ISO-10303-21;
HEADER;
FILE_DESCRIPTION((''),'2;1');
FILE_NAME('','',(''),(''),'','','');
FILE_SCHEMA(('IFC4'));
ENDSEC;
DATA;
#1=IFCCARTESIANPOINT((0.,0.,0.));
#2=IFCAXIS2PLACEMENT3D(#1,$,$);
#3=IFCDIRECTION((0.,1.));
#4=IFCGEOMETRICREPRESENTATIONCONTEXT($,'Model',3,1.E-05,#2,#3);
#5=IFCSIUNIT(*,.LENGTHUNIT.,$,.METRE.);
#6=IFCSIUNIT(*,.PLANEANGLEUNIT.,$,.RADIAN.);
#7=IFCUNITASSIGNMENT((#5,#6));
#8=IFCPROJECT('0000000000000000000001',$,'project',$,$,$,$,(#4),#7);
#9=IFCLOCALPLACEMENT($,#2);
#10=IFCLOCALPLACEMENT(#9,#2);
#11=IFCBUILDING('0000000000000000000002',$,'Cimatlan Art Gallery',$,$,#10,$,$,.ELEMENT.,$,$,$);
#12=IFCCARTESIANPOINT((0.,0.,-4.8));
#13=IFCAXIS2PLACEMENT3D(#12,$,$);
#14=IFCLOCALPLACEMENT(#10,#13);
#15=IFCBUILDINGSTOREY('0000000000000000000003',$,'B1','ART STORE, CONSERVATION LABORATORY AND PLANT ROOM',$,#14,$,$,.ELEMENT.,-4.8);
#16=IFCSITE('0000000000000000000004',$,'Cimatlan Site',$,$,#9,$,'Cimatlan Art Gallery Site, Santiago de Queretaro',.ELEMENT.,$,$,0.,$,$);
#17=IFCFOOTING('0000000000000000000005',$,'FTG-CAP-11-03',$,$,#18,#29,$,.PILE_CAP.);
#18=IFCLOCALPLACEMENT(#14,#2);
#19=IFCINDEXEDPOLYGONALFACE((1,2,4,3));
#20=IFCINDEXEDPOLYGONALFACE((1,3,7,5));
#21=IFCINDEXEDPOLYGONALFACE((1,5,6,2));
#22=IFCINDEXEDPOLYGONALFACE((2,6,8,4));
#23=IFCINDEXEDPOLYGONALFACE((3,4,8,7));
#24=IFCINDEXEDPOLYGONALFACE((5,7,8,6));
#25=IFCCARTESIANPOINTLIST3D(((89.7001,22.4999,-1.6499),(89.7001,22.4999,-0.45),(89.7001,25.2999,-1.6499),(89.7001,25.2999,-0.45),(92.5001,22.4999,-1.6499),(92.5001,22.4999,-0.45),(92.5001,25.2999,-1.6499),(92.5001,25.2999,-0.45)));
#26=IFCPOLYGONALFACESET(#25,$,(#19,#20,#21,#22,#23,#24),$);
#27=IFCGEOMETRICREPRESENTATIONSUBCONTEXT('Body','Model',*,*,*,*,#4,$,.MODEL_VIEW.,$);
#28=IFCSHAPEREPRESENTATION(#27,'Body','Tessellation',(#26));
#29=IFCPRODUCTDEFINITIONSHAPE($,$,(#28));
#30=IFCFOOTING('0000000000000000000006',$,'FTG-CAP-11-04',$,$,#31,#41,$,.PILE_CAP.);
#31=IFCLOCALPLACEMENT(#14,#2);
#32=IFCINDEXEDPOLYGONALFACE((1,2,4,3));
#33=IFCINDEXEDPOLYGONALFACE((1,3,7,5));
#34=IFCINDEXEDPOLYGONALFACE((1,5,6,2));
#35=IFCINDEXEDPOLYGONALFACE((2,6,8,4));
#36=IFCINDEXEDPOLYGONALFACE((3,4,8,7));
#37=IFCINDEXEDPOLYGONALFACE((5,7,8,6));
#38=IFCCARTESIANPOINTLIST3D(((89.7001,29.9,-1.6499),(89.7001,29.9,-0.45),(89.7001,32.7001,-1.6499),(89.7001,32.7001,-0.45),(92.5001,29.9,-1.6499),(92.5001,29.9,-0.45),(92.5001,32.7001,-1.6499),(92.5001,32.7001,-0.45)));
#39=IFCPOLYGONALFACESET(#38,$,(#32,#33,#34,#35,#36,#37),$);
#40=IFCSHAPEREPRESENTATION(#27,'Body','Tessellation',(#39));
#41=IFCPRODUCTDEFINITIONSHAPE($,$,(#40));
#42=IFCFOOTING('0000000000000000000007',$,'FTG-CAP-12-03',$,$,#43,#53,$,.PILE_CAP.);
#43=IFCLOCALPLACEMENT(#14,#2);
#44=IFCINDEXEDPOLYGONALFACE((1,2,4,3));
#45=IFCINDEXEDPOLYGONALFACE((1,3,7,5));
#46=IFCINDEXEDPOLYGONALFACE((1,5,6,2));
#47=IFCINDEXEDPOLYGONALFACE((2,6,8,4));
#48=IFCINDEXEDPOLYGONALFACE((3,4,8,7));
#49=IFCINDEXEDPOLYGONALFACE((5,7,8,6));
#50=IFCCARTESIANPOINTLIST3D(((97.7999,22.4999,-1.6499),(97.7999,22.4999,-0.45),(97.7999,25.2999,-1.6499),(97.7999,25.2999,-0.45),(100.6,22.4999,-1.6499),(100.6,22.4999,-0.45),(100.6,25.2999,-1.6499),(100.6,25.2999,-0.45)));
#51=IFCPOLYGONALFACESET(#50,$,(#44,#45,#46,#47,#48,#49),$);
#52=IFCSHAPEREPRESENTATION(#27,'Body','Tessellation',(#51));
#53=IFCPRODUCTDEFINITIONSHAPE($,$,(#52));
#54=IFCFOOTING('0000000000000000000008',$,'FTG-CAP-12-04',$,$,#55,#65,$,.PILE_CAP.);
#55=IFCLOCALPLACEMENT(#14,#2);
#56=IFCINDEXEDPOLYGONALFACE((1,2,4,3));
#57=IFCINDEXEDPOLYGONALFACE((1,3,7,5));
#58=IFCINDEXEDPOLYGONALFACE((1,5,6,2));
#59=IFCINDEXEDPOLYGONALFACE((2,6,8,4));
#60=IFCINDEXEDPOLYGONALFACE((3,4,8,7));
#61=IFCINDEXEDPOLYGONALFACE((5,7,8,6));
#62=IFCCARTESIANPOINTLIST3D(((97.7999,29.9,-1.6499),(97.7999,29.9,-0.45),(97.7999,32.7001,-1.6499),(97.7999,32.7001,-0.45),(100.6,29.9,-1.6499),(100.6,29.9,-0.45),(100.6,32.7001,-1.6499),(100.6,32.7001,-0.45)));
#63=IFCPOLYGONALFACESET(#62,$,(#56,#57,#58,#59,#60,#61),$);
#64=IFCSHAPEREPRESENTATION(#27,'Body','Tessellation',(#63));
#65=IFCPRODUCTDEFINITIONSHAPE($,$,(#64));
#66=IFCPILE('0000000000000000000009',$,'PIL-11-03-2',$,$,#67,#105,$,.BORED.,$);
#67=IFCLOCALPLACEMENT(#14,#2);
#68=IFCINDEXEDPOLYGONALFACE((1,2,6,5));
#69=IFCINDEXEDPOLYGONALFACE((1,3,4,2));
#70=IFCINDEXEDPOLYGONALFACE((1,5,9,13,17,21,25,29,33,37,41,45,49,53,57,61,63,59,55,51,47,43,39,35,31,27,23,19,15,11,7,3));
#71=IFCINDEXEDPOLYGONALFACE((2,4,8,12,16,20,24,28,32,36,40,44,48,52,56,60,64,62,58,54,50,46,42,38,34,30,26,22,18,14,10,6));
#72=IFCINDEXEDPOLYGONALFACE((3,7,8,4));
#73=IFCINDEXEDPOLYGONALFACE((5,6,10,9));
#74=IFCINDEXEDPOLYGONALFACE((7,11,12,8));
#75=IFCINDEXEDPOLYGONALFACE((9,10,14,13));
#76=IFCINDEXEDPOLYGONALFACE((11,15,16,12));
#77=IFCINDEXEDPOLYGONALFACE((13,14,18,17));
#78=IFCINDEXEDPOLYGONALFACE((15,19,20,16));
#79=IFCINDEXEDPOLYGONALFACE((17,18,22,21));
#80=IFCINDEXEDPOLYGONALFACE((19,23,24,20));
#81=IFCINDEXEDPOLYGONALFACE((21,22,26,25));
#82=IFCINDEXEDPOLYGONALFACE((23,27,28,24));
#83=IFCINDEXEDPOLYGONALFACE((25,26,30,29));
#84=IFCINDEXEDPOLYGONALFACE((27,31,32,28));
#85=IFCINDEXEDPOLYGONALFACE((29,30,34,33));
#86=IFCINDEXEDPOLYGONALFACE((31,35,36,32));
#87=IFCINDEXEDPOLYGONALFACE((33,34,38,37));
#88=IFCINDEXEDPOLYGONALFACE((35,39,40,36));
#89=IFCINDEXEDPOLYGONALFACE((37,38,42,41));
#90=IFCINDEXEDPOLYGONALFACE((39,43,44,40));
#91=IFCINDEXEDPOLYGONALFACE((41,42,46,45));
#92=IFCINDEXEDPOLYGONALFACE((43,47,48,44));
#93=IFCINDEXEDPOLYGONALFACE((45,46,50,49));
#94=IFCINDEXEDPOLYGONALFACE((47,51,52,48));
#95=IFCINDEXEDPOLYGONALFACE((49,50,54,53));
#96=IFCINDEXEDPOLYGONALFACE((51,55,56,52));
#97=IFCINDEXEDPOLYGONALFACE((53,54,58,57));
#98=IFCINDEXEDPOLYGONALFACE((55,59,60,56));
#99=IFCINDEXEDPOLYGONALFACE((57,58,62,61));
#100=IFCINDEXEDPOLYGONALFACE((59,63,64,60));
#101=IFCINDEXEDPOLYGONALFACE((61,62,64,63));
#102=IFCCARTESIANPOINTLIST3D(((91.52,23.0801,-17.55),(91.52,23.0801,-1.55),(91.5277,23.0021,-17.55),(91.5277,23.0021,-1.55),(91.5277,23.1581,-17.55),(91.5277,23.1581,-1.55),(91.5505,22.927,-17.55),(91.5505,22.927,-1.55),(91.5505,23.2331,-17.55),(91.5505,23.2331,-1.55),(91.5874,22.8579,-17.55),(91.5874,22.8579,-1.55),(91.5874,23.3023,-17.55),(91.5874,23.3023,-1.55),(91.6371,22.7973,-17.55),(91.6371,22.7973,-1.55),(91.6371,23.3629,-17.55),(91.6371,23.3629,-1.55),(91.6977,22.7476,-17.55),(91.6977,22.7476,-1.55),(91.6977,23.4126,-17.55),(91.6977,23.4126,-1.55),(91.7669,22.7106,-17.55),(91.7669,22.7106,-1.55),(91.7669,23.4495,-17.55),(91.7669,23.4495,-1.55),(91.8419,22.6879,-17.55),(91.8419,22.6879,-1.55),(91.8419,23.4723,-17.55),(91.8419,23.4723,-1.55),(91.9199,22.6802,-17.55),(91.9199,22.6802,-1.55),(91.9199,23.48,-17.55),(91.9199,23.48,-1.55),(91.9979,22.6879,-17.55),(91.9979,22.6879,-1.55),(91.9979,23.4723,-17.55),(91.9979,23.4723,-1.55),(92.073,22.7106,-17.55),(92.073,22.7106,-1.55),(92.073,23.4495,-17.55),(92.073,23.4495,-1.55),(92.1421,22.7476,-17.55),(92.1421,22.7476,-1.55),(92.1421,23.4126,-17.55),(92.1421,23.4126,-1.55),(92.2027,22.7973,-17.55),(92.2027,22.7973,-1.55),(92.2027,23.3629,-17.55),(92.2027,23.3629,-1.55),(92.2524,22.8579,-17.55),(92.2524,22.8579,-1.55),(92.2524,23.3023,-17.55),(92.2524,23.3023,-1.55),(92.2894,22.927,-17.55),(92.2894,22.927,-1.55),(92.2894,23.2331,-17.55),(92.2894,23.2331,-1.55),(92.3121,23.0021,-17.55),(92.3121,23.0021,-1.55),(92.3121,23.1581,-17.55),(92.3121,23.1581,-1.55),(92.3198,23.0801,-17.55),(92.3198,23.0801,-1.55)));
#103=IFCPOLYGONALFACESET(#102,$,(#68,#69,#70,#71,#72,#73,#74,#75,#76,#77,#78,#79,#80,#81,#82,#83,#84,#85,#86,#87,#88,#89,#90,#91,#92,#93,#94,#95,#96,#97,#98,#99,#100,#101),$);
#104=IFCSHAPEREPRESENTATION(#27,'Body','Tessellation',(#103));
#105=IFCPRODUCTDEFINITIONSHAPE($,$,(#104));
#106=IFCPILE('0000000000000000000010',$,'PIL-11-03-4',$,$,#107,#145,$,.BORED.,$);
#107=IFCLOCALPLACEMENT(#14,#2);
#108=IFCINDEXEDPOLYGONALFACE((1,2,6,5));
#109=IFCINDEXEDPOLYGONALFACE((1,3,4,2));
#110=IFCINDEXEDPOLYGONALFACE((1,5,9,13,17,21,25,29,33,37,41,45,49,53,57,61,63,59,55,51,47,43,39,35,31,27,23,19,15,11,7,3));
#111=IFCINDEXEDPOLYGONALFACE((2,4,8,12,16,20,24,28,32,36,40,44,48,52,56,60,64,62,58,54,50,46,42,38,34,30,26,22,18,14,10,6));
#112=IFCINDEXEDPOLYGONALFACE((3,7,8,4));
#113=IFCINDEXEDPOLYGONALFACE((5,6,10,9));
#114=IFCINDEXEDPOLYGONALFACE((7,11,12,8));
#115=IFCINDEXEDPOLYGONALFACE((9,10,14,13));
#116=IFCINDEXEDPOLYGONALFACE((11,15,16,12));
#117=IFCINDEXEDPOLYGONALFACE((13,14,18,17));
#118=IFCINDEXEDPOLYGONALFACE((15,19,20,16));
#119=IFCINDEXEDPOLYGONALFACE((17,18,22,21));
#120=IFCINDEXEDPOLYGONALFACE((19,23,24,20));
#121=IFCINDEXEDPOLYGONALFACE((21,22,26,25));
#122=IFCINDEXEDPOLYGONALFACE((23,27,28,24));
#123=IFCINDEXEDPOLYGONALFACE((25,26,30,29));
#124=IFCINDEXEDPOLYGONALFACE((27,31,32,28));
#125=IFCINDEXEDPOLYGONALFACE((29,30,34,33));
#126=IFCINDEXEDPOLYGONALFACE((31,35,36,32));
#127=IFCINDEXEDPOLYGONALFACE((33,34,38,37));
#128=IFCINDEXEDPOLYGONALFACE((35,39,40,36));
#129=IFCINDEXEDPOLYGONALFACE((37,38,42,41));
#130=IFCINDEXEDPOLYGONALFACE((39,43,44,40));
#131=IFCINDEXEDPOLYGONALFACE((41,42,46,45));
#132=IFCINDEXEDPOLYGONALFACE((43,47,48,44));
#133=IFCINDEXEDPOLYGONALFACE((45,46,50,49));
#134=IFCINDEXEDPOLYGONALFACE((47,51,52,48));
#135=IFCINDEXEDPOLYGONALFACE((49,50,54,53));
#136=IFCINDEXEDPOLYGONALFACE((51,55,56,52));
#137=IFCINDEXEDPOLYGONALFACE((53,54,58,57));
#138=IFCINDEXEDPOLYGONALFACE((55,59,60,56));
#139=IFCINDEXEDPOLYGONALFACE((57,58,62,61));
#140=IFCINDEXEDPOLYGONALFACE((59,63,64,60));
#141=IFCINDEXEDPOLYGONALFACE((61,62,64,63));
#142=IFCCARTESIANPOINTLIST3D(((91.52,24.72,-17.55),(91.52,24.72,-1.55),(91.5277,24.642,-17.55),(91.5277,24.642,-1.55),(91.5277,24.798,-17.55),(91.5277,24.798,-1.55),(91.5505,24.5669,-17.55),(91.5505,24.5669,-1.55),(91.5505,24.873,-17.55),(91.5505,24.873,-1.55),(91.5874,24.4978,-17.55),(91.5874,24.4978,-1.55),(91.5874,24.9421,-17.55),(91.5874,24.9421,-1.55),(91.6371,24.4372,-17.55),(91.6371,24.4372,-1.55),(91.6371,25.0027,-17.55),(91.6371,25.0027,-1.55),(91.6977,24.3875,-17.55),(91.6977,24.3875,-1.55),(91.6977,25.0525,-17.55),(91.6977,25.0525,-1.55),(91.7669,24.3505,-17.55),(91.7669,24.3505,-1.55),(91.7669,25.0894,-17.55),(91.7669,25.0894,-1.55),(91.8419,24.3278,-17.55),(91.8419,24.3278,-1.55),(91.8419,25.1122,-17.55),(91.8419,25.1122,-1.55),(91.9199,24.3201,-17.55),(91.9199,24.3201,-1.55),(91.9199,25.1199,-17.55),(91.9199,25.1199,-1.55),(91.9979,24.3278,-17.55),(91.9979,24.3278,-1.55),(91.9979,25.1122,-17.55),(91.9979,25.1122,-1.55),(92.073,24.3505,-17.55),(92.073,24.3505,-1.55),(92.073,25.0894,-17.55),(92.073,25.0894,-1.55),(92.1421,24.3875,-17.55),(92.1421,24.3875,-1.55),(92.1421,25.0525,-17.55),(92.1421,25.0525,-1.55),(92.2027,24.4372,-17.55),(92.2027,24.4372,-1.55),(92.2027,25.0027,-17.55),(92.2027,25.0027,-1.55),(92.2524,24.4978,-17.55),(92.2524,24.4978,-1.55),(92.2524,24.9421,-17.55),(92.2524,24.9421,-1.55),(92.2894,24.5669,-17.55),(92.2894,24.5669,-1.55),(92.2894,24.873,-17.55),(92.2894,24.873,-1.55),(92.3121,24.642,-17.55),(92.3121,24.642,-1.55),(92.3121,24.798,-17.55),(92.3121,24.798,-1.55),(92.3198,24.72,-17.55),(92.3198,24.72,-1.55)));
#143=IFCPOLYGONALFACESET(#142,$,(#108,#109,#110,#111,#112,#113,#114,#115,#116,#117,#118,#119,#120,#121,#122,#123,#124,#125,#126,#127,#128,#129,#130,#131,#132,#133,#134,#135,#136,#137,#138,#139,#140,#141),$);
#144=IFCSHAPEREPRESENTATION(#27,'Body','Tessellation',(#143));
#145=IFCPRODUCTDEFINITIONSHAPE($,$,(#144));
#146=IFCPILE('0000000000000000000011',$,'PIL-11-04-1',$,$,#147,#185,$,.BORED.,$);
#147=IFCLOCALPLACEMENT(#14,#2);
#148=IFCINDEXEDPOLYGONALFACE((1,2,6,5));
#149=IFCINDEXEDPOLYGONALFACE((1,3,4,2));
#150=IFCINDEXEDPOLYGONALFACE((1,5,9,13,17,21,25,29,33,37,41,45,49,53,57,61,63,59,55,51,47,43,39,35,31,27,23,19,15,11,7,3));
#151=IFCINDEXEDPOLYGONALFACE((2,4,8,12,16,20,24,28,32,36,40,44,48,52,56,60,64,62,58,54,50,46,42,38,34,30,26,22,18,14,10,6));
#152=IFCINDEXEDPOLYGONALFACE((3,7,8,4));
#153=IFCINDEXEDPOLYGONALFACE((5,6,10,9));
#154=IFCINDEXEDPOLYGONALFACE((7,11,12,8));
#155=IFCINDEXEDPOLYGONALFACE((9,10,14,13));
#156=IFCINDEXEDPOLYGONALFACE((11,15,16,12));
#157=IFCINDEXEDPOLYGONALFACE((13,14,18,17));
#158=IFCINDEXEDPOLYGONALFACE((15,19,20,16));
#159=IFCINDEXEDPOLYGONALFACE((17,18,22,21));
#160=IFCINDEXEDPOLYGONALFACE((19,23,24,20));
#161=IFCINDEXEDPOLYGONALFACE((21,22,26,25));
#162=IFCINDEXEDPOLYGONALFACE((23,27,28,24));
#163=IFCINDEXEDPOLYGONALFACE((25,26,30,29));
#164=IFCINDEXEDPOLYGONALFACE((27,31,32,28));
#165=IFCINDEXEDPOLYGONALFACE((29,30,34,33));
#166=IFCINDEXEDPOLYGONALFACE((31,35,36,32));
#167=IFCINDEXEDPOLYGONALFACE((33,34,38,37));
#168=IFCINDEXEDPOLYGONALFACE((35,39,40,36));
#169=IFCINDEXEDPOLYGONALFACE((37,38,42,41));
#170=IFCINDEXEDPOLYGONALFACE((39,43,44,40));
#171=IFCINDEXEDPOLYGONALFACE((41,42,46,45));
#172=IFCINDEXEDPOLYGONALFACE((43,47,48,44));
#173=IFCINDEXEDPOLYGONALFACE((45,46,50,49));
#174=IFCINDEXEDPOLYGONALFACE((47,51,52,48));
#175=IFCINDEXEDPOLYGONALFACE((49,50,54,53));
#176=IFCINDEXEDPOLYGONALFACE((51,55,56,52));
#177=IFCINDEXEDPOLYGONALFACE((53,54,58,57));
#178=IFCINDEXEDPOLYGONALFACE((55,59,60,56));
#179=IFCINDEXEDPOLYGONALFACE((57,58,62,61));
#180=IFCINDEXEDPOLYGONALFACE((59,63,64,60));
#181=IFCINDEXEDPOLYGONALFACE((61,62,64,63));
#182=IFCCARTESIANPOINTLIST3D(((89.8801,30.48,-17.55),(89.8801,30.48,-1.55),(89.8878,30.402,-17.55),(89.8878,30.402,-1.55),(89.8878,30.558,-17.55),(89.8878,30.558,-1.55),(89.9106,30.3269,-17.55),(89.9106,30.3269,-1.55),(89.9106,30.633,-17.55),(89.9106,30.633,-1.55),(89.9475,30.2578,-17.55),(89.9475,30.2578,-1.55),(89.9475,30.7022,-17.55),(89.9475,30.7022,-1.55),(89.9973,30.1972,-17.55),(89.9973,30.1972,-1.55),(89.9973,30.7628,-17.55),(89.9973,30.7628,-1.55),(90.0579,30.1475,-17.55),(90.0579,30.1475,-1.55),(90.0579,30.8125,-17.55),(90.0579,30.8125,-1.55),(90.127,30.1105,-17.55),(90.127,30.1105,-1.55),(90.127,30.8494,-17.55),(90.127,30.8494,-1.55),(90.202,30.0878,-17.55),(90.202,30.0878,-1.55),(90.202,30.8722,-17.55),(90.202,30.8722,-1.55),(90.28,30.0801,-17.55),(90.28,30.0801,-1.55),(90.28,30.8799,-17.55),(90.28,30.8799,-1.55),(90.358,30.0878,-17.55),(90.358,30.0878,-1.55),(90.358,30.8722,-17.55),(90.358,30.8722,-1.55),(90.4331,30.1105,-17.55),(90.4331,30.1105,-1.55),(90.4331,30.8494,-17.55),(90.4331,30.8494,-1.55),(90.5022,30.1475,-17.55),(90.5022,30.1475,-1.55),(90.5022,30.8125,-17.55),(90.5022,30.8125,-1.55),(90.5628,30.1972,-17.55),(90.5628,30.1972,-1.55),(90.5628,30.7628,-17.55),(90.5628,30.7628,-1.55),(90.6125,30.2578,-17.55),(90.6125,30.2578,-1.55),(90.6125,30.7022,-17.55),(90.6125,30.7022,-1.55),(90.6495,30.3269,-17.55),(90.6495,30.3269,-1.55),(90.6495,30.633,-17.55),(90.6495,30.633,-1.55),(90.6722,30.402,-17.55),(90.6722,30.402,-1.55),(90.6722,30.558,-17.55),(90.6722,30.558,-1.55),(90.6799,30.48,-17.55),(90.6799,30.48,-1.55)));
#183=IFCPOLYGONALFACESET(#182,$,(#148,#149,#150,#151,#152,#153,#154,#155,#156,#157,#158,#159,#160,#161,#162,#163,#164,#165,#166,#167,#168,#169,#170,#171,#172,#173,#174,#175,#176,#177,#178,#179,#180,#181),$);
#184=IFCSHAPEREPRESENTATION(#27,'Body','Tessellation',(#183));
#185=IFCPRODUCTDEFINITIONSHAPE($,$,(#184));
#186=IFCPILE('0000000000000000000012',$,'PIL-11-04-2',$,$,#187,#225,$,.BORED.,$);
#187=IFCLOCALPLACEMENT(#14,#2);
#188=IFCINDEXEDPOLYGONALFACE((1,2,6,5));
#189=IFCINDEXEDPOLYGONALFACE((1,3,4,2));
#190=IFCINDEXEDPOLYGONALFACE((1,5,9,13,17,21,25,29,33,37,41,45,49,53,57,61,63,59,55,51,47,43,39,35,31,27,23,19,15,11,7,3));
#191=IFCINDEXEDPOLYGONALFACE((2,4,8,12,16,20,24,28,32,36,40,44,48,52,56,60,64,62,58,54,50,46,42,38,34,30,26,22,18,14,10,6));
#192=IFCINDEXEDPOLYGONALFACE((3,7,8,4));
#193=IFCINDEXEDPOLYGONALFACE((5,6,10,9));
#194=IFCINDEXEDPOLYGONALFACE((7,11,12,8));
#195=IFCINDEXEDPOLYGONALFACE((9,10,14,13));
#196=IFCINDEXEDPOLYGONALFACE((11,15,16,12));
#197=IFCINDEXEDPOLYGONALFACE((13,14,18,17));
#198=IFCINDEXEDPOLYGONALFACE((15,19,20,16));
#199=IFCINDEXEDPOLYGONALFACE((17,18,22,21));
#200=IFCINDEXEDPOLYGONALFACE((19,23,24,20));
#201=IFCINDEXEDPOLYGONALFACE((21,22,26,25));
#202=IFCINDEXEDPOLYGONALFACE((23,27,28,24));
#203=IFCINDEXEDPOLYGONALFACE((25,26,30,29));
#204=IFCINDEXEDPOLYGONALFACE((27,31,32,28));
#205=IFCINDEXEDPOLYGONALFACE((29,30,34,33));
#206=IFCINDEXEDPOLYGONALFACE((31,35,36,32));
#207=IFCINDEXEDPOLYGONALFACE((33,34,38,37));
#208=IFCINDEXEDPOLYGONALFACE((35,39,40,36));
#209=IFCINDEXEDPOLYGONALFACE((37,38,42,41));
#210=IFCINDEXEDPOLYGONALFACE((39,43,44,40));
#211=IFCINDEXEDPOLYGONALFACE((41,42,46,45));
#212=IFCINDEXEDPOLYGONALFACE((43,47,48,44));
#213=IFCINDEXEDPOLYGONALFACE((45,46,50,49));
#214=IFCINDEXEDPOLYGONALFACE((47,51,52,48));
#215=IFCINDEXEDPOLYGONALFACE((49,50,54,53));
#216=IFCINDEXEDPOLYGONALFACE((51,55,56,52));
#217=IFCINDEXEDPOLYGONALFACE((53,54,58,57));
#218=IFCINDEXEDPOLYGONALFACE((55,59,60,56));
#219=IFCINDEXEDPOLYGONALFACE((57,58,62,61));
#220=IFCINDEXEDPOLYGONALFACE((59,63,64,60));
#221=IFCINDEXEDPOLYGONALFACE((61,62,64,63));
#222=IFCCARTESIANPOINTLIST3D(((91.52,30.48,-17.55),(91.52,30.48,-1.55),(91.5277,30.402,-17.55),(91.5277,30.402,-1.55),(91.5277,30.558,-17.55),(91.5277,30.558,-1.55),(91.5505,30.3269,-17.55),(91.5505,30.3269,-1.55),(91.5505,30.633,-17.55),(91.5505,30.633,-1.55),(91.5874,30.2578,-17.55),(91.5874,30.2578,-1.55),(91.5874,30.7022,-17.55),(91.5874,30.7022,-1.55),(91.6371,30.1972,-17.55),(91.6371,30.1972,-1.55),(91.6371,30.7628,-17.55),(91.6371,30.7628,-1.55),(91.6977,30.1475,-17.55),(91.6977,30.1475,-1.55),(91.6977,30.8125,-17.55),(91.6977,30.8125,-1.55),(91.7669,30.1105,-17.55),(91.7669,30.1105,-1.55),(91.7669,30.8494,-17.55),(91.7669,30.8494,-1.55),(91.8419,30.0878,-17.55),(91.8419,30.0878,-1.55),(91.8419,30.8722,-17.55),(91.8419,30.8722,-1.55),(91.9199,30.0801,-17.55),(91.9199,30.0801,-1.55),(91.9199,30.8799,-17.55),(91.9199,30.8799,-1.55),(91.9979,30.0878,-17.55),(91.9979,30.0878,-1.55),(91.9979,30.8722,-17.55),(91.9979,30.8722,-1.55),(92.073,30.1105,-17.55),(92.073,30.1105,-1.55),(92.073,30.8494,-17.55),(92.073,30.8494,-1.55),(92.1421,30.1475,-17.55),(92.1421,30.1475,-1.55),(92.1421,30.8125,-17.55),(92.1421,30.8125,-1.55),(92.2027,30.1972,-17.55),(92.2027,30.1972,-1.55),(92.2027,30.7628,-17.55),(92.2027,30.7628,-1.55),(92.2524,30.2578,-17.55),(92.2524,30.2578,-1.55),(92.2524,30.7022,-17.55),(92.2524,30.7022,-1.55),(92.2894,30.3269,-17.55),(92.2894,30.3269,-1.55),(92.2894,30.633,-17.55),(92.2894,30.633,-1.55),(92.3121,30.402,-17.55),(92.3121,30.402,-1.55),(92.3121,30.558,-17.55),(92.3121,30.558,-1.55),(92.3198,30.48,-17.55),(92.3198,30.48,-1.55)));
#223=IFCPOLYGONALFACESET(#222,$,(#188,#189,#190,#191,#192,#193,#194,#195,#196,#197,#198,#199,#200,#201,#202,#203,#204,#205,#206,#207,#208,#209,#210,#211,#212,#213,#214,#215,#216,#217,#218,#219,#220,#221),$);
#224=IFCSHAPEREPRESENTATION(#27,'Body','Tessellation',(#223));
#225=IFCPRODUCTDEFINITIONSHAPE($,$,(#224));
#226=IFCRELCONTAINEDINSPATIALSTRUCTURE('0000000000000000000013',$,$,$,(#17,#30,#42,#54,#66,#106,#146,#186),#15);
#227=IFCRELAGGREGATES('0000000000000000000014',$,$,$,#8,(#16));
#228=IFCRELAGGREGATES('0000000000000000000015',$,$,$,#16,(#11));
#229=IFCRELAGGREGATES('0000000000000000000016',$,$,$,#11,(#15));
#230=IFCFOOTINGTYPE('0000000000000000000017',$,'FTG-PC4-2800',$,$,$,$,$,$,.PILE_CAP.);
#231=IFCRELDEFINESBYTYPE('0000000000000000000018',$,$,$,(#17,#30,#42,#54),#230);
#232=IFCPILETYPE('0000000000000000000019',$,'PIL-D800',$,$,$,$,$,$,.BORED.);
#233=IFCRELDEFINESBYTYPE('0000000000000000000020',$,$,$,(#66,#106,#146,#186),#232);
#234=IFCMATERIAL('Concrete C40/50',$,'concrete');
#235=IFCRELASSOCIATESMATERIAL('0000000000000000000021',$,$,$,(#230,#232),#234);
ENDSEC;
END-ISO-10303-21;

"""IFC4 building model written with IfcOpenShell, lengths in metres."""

from ifc_helpers import new_model, si_unit, direction, frame, origin, origin_2d, place, context, subcontext, project, spatial, rectangle, circle, extrude, material, type_object, element, save


model = new_model("IFC4")

# Units and contexts
model_context = context("Model", 3, precision=1e-05, world=origin(), true_north=direction((0.0, 1.0)))
body_context = subcontext(model_context, "Body", "Model", "MODEL_VIEW")
ifc_project = project(units=[si_unit("LENGTHUNIT", "METRE"), si_unit("PLANEANGLEUNIT", "RADIAN")], contexts=[model_context])

# Site, building, storey
site_placement = place(None, origin())
site = spatial("IfcSite", under=ifc_project, at=site_placement, Name="Cimatlan Site", LongName="Cimatlan Art Gallery Site, Santiago de Queretaro", CompositionType="ELEMENT", RefElevation=0.0)
building_placement = place(site_placement, origin())
building = spatial("IfcBuilding", under=site, at=building_placement, Name="Cimatlan Art Gallery", CompositionType="ELEMENT")
storey_placement = place(building_placement, frame((0.0, 0.0, -4.8)))
storey = spatial("IfcBuildingStorey", under=building, at=storey_placement, Name="B1", Description="ART STORE, CONSERVATION LABORATORY AND PLANT ROOM", CompositionType="ELEMENT", Elevation=-4.8)

# Footings
ifc_material_1 = material(Name="Concrete C40/50", Category="concrete")
footing_type = type_object("IfcFootingType", Name="FTG-PC4-2800", PredefinedType="PILE_CAP", material=ifc_material_1)
for number, where, z_axis, x_axis, name in (
    (1, (91.1001, 23.8999, -1.6499), (0.0, 0.0, 1.0), (1.0, 0.0, 0.0), "FTG-CAP-11-03"),
    (2, (91.1001, 31.3, -1.6499), (0.0, 0.0, 1.0), (1.0, 0.0, 0.0), "FTG-CAP-11-04"),
    (3, (99.2, 23.8999, -1.6499), (0.0, 0.0, 1.0), (1.0, 0.0, 0.0), "FTG-CAP-12-03"),
    (4, (99.2, 31.3, -1.6499), (0.0, 0.0, 1.0), (1.0, 0.0, 0.0), "FTG-CAP-12-04"),
):
    element("IfcFooting", number, at=place(storey_placement, frame(where, z_axis=z_axis, x_axis=x_axis)), inside=storey, type_object=footing_type, Name=name, PredefinedType="PILE_CAP", context=body_context, shape_type="SweptSolid", body=[
        extrude(rectangle(XDim=2.8, YDim=2.8, at=origin_2d()), origin(), (0.0, 0.0, 1.0), 1.2),
    ])

# Piles
pile_type = type_object("IfcPileType", Name="PIL-D800", PredefinedType="BORED", material=ifc_material_1)
for number, where, z_axis, x_axis, name in (
    (5, (91.9199, 23.0801, -1.55), (0.0, 0.0, -1.0), (1.0, 0.0, 0.0), "PIL-11-03-2"),
    (6, (91.9199, 24.72, -1.55), (0.0, 0.0, -1.0), (1.0, 0.0, 0.0), "PIL-11-03-4"),
    (7, (90.28, 30.48, -1.55), (0.0, 0.0, -1.0), (1.0, 0.0, 0.0), "PIL-11-04-1"),
    (8, (91.9199, 30.48, -1.55), (0.0, 0.0, -1.0), (1.0, 0.0, 0.0), "PIL-11-04-2"),
):
    element("IfcPile", number, at=place(storey_placement, frame(where, z_axis=z_axis, x_axis=x_axis)), inside=storey, type_object=pile_type, Name=name, PredefinedType="BORED", context=body_context, shape_type="SweptSolid", body=[
        extrude(circle(Radius=0.3999, at=origin_2d()), origin(), (0.0, 0.0, 1.0), 16.0),
    ])

save(model, "model.ifc")
